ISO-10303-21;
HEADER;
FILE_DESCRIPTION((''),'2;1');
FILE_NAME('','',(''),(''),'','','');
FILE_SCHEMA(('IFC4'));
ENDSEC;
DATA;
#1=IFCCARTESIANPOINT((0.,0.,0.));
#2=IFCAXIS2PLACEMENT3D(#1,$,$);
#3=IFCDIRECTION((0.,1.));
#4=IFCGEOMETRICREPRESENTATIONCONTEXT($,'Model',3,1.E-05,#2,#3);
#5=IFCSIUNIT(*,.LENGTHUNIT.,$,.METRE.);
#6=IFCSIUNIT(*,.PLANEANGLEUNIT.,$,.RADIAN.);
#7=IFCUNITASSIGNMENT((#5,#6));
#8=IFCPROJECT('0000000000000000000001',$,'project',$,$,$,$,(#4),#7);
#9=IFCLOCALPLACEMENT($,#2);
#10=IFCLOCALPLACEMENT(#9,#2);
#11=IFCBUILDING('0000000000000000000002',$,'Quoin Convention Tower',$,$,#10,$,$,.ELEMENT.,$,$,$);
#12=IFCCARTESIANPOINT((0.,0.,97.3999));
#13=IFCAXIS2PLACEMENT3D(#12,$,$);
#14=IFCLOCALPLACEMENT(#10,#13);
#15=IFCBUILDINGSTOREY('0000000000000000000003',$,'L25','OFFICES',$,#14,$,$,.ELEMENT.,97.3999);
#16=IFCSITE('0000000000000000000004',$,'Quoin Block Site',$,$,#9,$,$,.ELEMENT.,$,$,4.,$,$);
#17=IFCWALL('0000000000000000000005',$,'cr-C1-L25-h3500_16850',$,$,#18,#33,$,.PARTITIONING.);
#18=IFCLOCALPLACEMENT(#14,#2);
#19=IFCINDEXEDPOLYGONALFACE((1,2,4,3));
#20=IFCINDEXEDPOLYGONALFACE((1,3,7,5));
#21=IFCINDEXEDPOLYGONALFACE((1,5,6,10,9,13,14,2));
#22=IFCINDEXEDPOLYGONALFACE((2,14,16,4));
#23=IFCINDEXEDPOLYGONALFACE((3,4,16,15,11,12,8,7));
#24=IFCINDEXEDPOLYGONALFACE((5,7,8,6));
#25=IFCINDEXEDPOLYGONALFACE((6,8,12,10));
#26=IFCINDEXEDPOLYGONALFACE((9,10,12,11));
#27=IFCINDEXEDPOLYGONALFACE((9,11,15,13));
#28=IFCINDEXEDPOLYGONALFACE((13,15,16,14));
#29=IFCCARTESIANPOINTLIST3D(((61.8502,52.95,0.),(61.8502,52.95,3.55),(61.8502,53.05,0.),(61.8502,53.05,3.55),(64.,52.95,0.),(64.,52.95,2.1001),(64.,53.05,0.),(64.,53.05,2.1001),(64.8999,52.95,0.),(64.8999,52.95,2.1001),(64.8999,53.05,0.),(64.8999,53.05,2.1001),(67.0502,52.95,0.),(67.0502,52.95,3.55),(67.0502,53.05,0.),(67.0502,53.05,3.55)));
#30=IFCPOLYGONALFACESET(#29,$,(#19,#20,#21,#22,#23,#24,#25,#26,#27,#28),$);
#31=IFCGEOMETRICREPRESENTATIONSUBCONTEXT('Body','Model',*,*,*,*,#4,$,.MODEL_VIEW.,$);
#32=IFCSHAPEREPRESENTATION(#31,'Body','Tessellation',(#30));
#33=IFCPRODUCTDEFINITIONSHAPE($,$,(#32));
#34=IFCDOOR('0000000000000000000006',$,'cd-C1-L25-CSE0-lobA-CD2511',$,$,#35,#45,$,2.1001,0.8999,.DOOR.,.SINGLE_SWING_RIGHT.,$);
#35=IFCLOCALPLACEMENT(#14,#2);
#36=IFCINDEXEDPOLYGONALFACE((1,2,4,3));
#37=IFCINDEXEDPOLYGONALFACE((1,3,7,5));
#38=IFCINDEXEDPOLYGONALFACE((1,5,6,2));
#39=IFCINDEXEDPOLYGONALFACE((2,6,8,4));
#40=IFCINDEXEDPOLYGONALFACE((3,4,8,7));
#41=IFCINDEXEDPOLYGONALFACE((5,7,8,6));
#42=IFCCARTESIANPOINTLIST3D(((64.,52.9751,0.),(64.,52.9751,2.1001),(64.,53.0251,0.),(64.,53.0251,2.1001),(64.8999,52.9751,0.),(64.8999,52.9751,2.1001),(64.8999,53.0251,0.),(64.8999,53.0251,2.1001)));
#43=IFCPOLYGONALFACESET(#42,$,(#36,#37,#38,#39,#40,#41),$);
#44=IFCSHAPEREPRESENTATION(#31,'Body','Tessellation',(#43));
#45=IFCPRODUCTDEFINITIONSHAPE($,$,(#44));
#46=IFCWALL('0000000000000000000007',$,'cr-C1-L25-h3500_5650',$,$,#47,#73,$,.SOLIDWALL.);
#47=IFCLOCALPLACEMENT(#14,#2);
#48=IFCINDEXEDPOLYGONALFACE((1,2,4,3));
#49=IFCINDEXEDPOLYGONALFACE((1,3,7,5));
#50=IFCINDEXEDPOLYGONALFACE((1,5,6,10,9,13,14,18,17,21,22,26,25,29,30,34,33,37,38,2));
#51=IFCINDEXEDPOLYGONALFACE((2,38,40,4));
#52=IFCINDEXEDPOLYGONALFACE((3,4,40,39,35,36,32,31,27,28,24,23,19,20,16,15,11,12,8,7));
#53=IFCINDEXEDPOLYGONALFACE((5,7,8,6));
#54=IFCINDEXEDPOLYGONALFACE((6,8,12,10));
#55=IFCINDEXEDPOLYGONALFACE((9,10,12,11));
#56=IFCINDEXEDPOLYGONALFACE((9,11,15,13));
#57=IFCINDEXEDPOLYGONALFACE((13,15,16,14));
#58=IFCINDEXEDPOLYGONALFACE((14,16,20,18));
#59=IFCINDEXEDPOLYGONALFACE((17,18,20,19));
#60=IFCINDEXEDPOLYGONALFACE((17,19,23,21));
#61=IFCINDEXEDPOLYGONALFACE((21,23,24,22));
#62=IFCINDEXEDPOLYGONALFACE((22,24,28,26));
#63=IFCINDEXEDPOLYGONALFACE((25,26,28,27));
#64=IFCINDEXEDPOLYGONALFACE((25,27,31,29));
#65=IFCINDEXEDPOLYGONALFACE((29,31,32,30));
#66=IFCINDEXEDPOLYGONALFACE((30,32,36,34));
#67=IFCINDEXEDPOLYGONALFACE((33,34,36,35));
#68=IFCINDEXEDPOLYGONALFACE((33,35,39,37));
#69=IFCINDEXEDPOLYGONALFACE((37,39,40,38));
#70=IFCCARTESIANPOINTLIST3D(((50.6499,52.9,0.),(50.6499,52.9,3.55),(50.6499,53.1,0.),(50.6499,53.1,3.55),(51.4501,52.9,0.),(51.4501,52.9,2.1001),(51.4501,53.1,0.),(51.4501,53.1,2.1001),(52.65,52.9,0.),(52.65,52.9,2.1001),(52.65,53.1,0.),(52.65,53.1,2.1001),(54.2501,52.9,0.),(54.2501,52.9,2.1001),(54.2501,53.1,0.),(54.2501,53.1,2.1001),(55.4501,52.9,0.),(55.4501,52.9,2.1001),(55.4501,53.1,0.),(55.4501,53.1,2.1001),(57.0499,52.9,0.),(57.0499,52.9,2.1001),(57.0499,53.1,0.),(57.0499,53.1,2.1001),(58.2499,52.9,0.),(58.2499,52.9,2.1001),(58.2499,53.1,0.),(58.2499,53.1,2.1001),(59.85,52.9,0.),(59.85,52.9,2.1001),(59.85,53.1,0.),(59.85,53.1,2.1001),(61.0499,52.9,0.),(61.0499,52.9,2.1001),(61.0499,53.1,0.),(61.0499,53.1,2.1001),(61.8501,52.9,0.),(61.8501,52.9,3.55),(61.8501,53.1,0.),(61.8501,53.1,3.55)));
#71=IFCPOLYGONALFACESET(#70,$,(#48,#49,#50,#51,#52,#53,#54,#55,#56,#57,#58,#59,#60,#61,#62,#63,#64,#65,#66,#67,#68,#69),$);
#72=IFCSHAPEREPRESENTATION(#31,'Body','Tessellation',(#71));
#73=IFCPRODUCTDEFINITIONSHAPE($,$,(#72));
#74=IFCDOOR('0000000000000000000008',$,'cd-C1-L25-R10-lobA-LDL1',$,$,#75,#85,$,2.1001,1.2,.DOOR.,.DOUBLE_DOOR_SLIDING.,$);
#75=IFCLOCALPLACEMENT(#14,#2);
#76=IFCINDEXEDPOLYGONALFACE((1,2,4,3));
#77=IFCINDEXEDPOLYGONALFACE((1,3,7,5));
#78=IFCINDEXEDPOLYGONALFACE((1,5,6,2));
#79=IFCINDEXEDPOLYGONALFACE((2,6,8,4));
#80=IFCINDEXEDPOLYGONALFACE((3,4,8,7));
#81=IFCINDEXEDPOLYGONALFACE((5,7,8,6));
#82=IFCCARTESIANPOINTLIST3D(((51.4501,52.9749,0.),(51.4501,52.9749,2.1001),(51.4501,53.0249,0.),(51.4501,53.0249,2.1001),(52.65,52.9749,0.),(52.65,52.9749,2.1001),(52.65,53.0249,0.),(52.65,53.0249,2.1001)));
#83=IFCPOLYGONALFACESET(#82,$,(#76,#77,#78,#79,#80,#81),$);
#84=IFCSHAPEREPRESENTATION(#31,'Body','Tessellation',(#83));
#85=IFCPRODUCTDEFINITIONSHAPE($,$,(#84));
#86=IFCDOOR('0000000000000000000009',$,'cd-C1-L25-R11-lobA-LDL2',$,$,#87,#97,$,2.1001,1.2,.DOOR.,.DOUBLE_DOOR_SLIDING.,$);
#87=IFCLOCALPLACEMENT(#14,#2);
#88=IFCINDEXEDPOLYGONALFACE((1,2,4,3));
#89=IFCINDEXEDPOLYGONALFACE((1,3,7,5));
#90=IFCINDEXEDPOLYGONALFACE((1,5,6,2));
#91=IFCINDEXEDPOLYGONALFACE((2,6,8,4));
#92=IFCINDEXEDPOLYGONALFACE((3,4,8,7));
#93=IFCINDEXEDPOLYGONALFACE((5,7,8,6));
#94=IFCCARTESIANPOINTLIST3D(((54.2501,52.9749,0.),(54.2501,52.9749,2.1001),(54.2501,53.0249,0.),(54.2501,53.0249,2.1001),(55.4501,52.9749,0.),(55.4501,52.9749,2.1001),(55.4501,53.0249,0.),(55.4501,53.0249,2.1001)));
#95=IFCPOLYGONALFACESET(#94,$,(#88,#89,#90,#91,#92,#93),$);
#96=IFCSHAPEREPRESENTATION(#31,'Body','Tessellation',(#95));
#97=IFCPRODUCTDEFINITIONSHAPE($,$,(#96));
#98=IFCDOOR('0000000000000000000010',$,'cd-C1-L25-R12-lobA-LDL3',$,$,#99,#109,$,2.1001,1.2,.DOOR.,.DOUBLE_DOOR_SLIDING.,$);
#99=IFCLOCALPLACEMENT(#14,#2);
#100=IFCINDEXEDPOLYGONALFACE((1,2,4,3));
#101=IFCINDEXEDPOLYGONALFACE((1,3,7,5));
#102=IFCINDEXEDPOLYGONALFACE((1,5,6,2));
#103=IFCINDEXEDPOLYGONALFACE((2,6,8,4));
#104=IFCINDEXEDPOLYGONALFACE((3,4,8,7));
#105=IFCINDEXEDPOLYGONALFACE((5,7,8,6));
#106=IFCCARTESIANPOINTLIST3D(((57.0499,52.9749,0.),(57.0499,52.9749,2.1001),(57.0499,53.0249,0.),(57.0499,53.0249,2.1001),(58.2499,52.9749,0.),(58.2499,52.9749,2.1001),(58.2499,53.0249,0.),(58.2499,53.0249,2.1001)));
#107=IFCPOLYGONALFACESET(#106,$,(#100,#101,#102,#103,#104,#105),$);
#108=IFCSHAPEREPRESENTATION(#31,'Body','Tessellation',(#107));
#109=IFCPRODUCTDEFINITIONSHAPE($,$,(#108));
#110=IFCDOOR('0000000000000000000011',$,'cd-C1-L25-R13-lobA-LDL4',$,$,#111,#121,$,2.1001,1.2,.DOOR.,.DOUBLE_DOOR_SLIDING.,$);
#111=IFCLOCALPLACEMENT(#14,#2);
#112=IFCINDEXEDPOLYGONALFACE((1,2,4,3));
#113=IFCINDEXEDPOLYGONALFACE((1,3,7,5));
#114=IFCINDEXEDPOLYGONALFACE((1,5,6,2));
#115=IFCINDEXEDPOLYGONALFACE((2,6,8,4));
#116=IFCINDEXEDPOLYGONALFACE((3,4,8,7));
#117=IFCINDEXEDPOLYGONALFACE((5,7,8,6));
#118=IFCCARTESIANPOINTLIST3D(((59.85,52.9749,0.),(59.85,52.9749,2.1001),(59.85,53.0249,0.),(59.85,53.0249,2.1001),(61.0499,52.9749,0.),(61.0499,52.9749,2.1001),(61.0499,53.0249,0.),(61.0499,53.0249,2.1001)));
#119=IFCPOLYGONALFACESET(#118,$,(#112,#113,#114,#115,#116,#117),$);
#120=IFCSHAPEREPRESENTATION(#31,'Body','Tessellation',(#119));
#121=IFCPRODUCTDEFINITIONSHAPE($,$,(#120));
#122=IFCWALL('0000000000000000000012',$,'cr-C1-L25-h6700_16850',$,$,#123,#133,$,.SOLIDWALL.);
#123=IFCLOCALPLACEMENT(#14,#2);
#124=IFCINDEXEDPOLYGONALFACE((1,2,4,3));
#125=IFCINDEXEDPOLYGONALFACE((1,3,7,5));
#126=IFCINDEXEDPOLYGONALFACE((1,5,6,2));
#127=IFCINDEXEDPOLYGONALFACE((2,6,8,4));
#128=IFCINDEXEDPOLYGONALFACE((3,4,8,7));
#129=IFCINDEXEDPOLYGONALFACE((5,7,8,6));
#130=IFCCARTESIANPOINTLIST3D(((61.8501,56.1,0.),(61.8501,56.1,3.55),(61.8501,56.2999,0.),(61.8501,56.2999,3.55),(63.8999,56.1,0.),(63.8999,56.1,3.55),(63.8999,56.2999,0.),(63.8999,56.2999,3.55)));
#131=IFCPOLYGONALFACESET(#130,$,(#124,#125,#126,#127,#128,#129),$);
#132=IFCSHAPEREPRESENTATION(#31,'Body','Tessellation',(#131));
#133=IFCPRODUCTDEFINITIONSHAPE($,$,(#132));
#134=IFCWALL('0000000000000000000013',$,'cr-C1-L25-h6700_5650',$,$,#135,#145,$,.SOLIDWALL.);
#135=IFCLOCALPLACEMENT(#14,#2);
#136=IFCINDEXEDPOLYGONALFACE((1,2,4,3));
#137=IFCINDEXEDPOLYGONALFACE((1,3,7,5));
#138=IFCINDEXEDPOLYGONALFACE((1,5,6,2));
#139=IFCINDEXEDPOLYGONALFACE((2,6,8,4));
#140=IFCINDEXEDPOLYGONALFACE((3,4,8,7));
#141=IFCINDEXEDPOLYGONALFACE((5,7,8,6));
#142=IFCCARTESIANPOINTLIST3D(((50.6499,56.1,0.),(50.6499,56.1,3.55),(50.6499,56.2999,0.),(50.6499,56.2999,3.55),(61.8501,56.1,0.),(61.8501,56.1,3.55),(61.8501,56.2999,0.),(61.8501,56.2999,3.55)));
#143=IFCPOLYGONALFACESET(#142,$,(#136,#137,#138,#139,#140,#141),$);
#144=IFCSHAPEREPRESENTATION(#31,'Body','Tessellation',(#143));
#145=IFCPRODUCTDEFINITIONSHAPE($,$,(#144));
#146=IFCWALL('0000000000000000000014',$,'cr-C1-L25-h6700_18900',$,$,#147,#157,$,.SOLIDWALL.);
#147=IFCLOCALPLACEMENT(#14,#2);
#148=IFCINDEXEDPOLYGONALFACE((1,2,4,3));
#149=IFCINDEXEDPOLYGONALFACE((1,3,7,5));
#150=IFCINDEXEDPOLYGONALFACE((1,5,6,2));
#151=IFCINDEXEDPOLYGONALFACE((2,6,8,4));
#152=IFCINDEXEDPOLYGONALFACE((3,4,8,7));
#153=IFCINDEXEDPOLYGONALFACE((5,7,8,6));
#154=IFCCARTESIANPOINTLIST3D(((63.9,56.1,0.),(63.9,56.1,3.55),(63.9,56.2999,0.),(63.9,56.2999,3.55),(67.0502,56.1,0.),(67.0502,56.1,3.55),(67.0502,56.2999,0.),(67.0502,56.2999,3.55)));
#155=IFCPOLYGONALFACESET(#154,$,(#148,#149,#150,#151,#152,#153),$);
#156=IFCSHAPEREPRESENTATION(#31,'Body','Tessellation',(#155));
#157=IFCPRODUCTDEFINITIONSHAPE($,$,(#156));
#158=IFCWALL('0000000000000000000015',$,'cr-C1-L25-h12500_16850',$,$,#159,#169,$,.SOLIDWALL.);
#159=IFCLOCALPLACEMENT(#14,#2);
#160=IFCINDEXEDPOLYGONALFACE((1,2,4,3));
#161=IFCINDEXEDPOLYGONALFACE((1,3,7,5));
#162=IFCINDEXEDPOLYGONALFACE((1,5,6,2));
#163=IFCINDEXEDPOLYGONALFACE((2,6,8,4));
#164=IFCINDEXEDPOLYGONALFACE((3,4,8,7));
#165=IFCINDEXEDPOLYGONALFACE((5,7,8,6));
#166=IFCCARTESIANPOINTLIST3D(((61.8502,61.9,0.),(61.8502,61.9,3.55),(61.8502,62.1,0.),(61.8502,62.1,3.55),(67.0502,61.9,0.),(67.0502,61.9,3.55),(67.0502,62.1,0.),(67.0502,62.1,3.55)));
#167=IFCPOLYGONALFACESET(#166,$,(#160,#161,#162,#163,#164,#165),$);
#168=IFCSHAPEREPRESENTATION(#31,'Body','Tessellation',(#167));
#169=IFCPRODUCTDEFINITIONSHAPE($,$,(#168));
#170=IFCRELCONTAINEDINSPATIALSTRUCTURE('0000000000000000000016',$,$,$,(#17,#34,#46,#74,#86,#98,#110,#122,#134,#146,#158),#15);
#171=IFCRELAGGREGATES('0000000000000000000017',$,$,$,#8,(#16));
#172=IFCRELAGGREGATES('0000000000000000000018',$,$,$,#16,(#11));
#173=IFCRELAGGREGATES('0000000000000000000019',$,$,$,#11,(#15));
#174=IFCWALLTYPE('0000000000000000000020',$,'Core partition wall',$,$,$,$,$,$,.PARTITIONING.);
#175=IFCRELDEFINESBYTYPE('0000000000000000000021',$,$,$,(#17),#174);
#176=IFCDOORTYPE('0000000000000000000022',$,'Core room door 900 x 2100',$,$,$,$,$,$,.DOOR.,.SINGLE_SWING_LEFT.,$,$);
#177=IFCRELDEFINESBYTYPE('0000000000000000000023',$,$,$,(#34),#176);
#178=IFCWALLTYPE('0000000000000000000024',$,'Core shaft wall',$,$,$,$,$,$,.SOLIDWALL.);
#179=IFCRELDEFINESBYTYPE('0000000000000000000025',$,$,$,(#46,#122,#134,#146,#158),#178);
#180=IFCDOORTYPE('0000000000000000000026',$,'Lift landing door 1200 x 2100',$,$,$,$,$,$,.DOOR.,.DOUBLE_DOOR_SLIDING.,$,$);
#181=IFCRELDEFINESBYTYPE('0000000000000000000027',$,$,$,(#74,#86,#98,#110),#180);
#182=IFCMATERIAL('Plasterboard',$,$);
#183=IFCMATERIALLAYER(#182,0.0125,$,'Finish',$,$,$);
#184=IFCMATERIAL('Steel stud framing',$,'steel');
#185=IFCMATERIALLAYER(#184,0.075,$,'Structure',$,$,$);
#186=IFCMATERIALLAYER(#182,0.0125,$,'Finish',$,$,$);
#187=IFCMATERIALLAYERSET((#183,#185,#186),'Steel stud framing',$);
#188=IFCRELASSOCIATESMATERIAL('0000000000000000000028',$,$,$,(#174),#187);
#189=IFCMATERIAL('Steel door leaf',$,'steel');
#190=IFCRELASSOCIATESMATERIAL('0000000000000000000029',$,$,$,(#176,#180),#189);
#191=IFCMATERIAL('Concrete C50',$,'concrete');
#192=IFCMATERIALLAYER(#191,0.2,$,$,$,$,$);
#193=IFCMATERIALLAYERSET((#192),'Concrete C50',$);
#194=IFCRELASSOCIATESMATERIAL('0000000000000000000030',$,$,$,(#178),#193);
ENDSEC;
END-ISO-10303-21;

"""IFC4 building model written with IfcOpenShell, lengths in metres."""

from ifc_helpers import new_model, si_unit, direction, frame, frame_2d, origin, place, context, subcontext, project, spatial, rectangle, extrude, material, layer, layer_set, type_object, element, fill, save


model = new_model("IFC4")

# Units and contexts
model_context = context("Model", 3, precision=1e-05, world=origin(), true_north=direction((0.0, 1.0)))
body_context = subcontext(model_context, "Body", "Model", "MODEL_VIEW")
ifc_project = project(units=[si_unit("LENGTHUNIT", "METRE"), si_unit("PLANEANGLEUNIT", "RADIAN")], contexts=[model_context])

# Site, building, storey
site_placement = place(None, origin())
site = spatial("IfcSite", under=ifc_project, at=site_placement, Name="Quoin Block Site", CompositionType="ELEMENT", RefElevation=4.0)
building_placement = place(site_placement, origin())
building = spatial("IfcBuilding", under=site, at=building_placement, Name="Quoin Convention Tower", CompositionType="ELEMENT")
storey_placement = place(building_placement, frame((0.0, 0.0, 97.3999)))
storey = spatial("IfcBuildingStorey", under=building, at=storey_placement, Name="L25", Description="OFFICES", CompositionType="ELEMENT", Elevation=97.3999)

# Wall, opening, door
ifc_material_1 = material(Name="Plasterboard")
ifc_layer_1 = layer(ifc_material_1, 0.0125, Name="Finish")
ifc_material_2 = material(Name="Steel stud framing", Category="steel")
ifc_layer_2 = layer(ifc_material_2, 0.075, Name="Structure")
ifc_layer_3 = layer(ifc_material_1, 0.0125, Name="Finish")
ifc_layer_set_1 = layer_set([ifc_layer_1, ifc_layer_2, ifc_layer_3], Name="Steel stud framing")
wall_type_1 = type_object("IfcWallType", Name="Core partition wall", PredefinedType="PARTITIONING", material=ifc_layer_set_1)
wall_1_placement = place(storey_placement, frame((61.8501, 53.0, 0.0), z_axis=(0.0, 0.0, 1.0), x_axis=(1.0, 0.0, 0.0)))
wall_1 = element("IfcWall", 1, at=wall_1_placement, inside=storey, type_object=wall_type_1, Name="cr-C1-L25-h3500_16850", PredefinedType="PARTITIONING", context=body_context, shape_type="SweptSolid", body=[
    extrude(rectangle(XDim=5.2, YDim=0.1001, at=frame_2d((2.6001, 0.0))), origin(), (0.0, 0.0, 1.0), 3.55),
])
opening_1_placement = place(wall_1_placement, frame((2.1499, 0.0, 0.0)))
opening_1 = element("IfcOpeningElement", 2, at=opening_1_placement, cuts=wall_1, PredefinedType="OPENING", context=body_context, shape_type="SweptSolid", body=[
    extrude(rectangle(XDim=0.8999, YDim=2.1001, at=frame_2d((0.45, 1.05))), frame((0.0, 0.0601, 0.0), z_axis=(0.0, -1.0, 0.0), x_axis=(1.0, 0.0, 0.0)), (0.0, 0.0, 1.0), 0.1201),
])
ifc_material_3 = material(Name="Steel door leaf", Category="steel")
door_type_1 = type_object("IfcDoorType", Name="Core room door 900 x 2100", OperationType="SINGLE_SWING_LEFT", PredefinedType="DOOR", material=ifc_material_3)
door_1_placement = place(opening_1_placement, frame((0.8999, 0.0, 0.0), z_axis=(0.0, 0.0, 1.0), x_axis=(-1.0, 0.0, 0.0)))
door_1 = element("IfcDoor", 3, at=door_1_placement, inside=storey, type_object=door_type_1, Name="cd-C1-L25-CSE0-lobA-CD2511", OperationType="SINGLE_SWING_RIGHT", OverallHeight=2.1001, OverallWidth=0.8999, PredefinedType="DOOR", context=body_context, shape_type="SweptSolid", body=[
    extrude(rectangle(XDim=0.8999, YDim=2.1001, at=frame_2d((0.45, 1.05))), frame((0.0, 0.0249, 0.0), z_axis=(0.0, -1.0, 0.0), x_axis=(1.0, 0.0, 0.0)), (0.0, 0.0, 1.0), 0.05),
])
fill(opening_1, door_1)

# Wall, openings, doors
ifc_material_4 = material(Name="Concrete C50", Category="concrete")
ifc_layer_4 = layer(ifc_material_4, 0.2)
ifc_layer_set_2 = layer_set([ifc_layer_4], Name="Concrete C50")
wall_type_2 = type_object("IfcWallType", Name="Core shaft wall", PredefinedType="SOLIDWALL", material=ifc_layer_set_2)
wall_2_placement = place(storey_placement, frame((50.6499, 53.0, 0.0), z_axis=(0.0, 0.0, 1.0), x_axis=(1.0, 0.0, 0.0)))
wall_2 = element("IfcWall", 4, at=wall_2_placement, inside=storey, type_object=wall_type_2, Name="cr-C1-L25-h3500_5650", PredefinedType="SOLIDWALL", context=body_context, shape_type="SweptSolid", body=[
    extrude(rectangle(XDim=11.2002, YDim=0.2, at=frame_2d((5.6001, 0.0))), origin(), (0.0, 0.0, 1.0), 3.55),
])
opening_2_placement = place(wall_2_placement, frame((0.8, 0.0, 0.0)))
opening_2 = element("IfcOpeningElement", 5, at=opening_2_placement, cuts=wall_2, PredefinedType="OPENING", context=body_context, shape_type="SweptSolid", body=[
    extrude(rectangle(XDim=1.2, YDim=2.1001, at=frame_2d((0.6001, 1.05))), frame((0.0, 0.1099, 0.0), z_axis=(0.0, -1.0, 0.0), x_axis=(1.0, 0.0, 0.0)), (0.0, 0.0, 1.0), 0.22),
])
opening_3_placement = place(wall_2_placement, frame((3.6001, 0.0, 0.0)))
opening_3 = element("IfcOpeningElement", 6, at=opening_3_placement, cuts=wall_2, PredefinedType="OPENING", context=body_context, shape_type="SweptSolid", body=[
    extrude(rectangle(XDim=1.2, YDim=2.1001, at=frame_2d((0.6001, 1.05))), frame((0.0, 0.1099, 0.0), z_axis=(0.0, -1.0, 0.0), x_axis=(1.0, 0.0, 0.0)), (0.0, 0.0, 1.0), 0.22),
])
opening_4_placement = place(wall_2_placement, frame((6.3999, 0.0, 0.0)))
opening_4 = element("IfcOpeningElement", 7, at=opening_4_placement, cuts=wall_2, PredefinedType="OPENING", context=body_context, shape_type="SweptSolid", body=[
    extrude(rectangle(XDim=1.2, YDim=2.1001, at=frame_2d((0.6001, 1.05))), frame((0.0, 0.1099, 0.0), z_axis=(0.0, -1.0, 0.0), x_axis=(1.0, 0.0, 0.0)), (0.0, 0.0, 1.0), 0.22),
])
opening_5_placement = place(wall_2_placement, frame((9.2, 0.0, 0.0)))
opening_5 = element("IfcOpeningElement", 8, at=opening_5_placement, cuts=wall_2, PredefinedType="OPENING", context=body_context, shape_type="SweptSolid", body=[
    extrude(rectangle(XDim=1.2, YDim=2.1001, at=frame_2d((0.6001, 1.05))), frame((0.0, 0.1099, 0.0), z_axis=(0.0, -1.0, 0.0), x_axis=(1.0, 0.0, 0.0)), (0.0, 0.0, 1.0), 0.22),
])
door_type_2 = type_object("IfcDoorType", Name="Lift landing door 1200 x 2100", OperationType="DOUBLE_DOOR_SLIDING", PredefinedType="DOOR", material=ifc_material_3)
door_2_placement = place(opening_2_placement, origin())
door_2 = element("IfcDoor", 9, at=door_2_placement, inside=storey, type_object=door_type_2, Name="cd-C1-L25-R10-lobA-LDL1", OperationType="DOUBLE_DOOR_SLIDING", OverallHeight=2.1001, OverallWidth=1.2, PredefinedType="DOOR", context=body_context, shape_type="SweptSolid", body=[
    extrude(rectangle(XDim=1.2, YDim=2.1001, at=frame_2d((0.6001, 1.05))), frame((0.0, 0.0249, 0.0), z_axis=(0.0, -1.0, 0.0), x_axis=(1.0, 0.0, 0.0)), (0.0, 0.0, 1.0), 0.05),
])
fill(opening_2, door_2)
door_3_placement = place(opening_3_placement, origin())
door_3 = element("IfcDoor", 10, at=door_3_placement, inside=storey, type_object=door_type_2, Name="cd-C1-L25-R11-lobA-LDL2", OperationType="DOUBLE_DOOR_SLIDING", OverallHeight=2.1001, OverallWidth=1.2, PredefinedType="DOOR", context=body_context, shape_type="SweptSolid", body=[
    extrude(rectangle(XDim=1.2, YDim=2.1001, at=frame_2d((0.6001, 1.05))), frame((0.0, 0.0249, 0.0), z_axis=(0.0, -1.0, 0.0), x_axis=(1.0, 0.0, 0.0)), (0.0, 0.0, 1.0), 0.05),
])
fill(opening_3, door_3)
door_4_placement = place(opening_4_placement, origin())
door_4 = element("IfcDoor", 11, at=door_4_placement, inside=storey, type_object=door_type_2, Name="cd-C1-L25-R12-lobA-LDL3", OperationType="DOUBLE_DOOR_SLIDING", OverallHeight=2.1001, OverallWidth=1.2, PredefinedType="DOOR", context=body_context, shape_type="SweptSolid", body=[
    extrude(rectangle(XDim=1.2, YDim=2.1001, at=frame_2d((0.6001, 1.05))), frame((0.0, 0.0249, 0.0), z_axis=(0.0, -1.0, 0.0), x_axis=(1.0, 0.0, 0.0)), (0.0, 0.0, 1.0), 0.05),
])
fill(opening_4, door_4)
door_5_placement = place(opening_5_placement, origin())
door_5 = element("IfcDoor", 12, at=door_5_placement, inside=storey, type_object=door_type_2, Name="cd-C1-L25-R13-lobA-LDL4", OperationType="DOUBLE_DOOR_SLIDING", OverallHeight=2.1001, OverallWidth=1.2, PredefinedType="DOOR", context=body_context, shape_type="SweptSolid", body=[
    extrude(rectangle(XDim=1.2, YDim=2.1001, at=frame_2d((0.6001, 1.05))), frame((0.0, 0.0249, 0.0), z_axis=(0.0, -1.0, 0.0), x_axis=(1.0, 0.0, 0.0)), (0.0, 0.0, 1.0), 0.05),
])
fill(opening_5, door_5)

# Walls
wall_3_placement = place(storey_placement, frame((61.8501, 56.2, 0.0), z_axis=(0.0, 0.0, 1.0), x_axis=(1.0, 0.0, 0.0)))
element("IfcWall", 13, at=wall_3_placement, inside=storey, type_object=wall_type_2, Name="cr-C1-L25-h6700_16850", PredefinedType="SOLIDWALL", context=body_context, shape_type="SweptSolid", body=[
    extrude(rectangle(XDim=2.0498, YDim=0.2, at=frame_2d((1.0249, 0.0))), origin(), (0.0, 0.0, 1.0), 3.55),
])
wall_4_placement = place(storey_placement, frame((50.6499, 56.2, 0.0), z_axis=(0.0, 0.0, 1.0), x_axis=(1.0, 0.0, 0.0)))
element("IfcWall", 14, at=wall_4_placement, inside=storey, type_object=wall_type_2, Name="cr-C1-L25-h6700_5650", PredefinedType="SOLIDWALL", context=body_context, shape_type="SweptSolid", body=[
    extrude(rectangle(XDim=11.2002, YDim=0.2, at=frame_2d((5.6001, 0.0))), origin(), (0.0, 0.0, 1.0), 3.55),
])
wall_5_placement = place(storey_placement, frame((63.8999, 56.2, 0.0), z_axis=(0.0, 0.0, 1.0), x_axis=(1.0, 0.0, 0.0)))
element("IfcWall", 15, at=wall_5_placement, inside=storey, type_object=wall_type_2, Name="cr-C1-L25-h6700_18900", PredefinedType="SOLIDWALL", context=body_context, shape_type="SweptSolid", body=[
    extrude(rectangle(XDim=3.1501, YDim=0.2, at=frame_2d((1.5752, 0.0))), origin(), (0.0, 0.0, 1.0), 3.55),
])
wall_6_placement = place(storey_placement, frame((61.8501, 62.0, 0.0), z_axis=(0.0, 0.0, 1.0), x_axis=(1.0, 0.0, 0.0)))
element("IfcWall", 16, at=wall_6_placement, inside=storey, type_object=wall_type_2, Name="cr-C1-L25-h12500_16850", PredefinedType="SOLIDWALL", context=body_context, shape_type="SweptSolid", body=[
    extrude(rectangle(XDim=5.2, YDim=0.2, at=frame_2d((2.6001, 0.0))), origin(), (0.0, 0.0, 1.0), 3.55),
])

save(model, "model.ifc")
